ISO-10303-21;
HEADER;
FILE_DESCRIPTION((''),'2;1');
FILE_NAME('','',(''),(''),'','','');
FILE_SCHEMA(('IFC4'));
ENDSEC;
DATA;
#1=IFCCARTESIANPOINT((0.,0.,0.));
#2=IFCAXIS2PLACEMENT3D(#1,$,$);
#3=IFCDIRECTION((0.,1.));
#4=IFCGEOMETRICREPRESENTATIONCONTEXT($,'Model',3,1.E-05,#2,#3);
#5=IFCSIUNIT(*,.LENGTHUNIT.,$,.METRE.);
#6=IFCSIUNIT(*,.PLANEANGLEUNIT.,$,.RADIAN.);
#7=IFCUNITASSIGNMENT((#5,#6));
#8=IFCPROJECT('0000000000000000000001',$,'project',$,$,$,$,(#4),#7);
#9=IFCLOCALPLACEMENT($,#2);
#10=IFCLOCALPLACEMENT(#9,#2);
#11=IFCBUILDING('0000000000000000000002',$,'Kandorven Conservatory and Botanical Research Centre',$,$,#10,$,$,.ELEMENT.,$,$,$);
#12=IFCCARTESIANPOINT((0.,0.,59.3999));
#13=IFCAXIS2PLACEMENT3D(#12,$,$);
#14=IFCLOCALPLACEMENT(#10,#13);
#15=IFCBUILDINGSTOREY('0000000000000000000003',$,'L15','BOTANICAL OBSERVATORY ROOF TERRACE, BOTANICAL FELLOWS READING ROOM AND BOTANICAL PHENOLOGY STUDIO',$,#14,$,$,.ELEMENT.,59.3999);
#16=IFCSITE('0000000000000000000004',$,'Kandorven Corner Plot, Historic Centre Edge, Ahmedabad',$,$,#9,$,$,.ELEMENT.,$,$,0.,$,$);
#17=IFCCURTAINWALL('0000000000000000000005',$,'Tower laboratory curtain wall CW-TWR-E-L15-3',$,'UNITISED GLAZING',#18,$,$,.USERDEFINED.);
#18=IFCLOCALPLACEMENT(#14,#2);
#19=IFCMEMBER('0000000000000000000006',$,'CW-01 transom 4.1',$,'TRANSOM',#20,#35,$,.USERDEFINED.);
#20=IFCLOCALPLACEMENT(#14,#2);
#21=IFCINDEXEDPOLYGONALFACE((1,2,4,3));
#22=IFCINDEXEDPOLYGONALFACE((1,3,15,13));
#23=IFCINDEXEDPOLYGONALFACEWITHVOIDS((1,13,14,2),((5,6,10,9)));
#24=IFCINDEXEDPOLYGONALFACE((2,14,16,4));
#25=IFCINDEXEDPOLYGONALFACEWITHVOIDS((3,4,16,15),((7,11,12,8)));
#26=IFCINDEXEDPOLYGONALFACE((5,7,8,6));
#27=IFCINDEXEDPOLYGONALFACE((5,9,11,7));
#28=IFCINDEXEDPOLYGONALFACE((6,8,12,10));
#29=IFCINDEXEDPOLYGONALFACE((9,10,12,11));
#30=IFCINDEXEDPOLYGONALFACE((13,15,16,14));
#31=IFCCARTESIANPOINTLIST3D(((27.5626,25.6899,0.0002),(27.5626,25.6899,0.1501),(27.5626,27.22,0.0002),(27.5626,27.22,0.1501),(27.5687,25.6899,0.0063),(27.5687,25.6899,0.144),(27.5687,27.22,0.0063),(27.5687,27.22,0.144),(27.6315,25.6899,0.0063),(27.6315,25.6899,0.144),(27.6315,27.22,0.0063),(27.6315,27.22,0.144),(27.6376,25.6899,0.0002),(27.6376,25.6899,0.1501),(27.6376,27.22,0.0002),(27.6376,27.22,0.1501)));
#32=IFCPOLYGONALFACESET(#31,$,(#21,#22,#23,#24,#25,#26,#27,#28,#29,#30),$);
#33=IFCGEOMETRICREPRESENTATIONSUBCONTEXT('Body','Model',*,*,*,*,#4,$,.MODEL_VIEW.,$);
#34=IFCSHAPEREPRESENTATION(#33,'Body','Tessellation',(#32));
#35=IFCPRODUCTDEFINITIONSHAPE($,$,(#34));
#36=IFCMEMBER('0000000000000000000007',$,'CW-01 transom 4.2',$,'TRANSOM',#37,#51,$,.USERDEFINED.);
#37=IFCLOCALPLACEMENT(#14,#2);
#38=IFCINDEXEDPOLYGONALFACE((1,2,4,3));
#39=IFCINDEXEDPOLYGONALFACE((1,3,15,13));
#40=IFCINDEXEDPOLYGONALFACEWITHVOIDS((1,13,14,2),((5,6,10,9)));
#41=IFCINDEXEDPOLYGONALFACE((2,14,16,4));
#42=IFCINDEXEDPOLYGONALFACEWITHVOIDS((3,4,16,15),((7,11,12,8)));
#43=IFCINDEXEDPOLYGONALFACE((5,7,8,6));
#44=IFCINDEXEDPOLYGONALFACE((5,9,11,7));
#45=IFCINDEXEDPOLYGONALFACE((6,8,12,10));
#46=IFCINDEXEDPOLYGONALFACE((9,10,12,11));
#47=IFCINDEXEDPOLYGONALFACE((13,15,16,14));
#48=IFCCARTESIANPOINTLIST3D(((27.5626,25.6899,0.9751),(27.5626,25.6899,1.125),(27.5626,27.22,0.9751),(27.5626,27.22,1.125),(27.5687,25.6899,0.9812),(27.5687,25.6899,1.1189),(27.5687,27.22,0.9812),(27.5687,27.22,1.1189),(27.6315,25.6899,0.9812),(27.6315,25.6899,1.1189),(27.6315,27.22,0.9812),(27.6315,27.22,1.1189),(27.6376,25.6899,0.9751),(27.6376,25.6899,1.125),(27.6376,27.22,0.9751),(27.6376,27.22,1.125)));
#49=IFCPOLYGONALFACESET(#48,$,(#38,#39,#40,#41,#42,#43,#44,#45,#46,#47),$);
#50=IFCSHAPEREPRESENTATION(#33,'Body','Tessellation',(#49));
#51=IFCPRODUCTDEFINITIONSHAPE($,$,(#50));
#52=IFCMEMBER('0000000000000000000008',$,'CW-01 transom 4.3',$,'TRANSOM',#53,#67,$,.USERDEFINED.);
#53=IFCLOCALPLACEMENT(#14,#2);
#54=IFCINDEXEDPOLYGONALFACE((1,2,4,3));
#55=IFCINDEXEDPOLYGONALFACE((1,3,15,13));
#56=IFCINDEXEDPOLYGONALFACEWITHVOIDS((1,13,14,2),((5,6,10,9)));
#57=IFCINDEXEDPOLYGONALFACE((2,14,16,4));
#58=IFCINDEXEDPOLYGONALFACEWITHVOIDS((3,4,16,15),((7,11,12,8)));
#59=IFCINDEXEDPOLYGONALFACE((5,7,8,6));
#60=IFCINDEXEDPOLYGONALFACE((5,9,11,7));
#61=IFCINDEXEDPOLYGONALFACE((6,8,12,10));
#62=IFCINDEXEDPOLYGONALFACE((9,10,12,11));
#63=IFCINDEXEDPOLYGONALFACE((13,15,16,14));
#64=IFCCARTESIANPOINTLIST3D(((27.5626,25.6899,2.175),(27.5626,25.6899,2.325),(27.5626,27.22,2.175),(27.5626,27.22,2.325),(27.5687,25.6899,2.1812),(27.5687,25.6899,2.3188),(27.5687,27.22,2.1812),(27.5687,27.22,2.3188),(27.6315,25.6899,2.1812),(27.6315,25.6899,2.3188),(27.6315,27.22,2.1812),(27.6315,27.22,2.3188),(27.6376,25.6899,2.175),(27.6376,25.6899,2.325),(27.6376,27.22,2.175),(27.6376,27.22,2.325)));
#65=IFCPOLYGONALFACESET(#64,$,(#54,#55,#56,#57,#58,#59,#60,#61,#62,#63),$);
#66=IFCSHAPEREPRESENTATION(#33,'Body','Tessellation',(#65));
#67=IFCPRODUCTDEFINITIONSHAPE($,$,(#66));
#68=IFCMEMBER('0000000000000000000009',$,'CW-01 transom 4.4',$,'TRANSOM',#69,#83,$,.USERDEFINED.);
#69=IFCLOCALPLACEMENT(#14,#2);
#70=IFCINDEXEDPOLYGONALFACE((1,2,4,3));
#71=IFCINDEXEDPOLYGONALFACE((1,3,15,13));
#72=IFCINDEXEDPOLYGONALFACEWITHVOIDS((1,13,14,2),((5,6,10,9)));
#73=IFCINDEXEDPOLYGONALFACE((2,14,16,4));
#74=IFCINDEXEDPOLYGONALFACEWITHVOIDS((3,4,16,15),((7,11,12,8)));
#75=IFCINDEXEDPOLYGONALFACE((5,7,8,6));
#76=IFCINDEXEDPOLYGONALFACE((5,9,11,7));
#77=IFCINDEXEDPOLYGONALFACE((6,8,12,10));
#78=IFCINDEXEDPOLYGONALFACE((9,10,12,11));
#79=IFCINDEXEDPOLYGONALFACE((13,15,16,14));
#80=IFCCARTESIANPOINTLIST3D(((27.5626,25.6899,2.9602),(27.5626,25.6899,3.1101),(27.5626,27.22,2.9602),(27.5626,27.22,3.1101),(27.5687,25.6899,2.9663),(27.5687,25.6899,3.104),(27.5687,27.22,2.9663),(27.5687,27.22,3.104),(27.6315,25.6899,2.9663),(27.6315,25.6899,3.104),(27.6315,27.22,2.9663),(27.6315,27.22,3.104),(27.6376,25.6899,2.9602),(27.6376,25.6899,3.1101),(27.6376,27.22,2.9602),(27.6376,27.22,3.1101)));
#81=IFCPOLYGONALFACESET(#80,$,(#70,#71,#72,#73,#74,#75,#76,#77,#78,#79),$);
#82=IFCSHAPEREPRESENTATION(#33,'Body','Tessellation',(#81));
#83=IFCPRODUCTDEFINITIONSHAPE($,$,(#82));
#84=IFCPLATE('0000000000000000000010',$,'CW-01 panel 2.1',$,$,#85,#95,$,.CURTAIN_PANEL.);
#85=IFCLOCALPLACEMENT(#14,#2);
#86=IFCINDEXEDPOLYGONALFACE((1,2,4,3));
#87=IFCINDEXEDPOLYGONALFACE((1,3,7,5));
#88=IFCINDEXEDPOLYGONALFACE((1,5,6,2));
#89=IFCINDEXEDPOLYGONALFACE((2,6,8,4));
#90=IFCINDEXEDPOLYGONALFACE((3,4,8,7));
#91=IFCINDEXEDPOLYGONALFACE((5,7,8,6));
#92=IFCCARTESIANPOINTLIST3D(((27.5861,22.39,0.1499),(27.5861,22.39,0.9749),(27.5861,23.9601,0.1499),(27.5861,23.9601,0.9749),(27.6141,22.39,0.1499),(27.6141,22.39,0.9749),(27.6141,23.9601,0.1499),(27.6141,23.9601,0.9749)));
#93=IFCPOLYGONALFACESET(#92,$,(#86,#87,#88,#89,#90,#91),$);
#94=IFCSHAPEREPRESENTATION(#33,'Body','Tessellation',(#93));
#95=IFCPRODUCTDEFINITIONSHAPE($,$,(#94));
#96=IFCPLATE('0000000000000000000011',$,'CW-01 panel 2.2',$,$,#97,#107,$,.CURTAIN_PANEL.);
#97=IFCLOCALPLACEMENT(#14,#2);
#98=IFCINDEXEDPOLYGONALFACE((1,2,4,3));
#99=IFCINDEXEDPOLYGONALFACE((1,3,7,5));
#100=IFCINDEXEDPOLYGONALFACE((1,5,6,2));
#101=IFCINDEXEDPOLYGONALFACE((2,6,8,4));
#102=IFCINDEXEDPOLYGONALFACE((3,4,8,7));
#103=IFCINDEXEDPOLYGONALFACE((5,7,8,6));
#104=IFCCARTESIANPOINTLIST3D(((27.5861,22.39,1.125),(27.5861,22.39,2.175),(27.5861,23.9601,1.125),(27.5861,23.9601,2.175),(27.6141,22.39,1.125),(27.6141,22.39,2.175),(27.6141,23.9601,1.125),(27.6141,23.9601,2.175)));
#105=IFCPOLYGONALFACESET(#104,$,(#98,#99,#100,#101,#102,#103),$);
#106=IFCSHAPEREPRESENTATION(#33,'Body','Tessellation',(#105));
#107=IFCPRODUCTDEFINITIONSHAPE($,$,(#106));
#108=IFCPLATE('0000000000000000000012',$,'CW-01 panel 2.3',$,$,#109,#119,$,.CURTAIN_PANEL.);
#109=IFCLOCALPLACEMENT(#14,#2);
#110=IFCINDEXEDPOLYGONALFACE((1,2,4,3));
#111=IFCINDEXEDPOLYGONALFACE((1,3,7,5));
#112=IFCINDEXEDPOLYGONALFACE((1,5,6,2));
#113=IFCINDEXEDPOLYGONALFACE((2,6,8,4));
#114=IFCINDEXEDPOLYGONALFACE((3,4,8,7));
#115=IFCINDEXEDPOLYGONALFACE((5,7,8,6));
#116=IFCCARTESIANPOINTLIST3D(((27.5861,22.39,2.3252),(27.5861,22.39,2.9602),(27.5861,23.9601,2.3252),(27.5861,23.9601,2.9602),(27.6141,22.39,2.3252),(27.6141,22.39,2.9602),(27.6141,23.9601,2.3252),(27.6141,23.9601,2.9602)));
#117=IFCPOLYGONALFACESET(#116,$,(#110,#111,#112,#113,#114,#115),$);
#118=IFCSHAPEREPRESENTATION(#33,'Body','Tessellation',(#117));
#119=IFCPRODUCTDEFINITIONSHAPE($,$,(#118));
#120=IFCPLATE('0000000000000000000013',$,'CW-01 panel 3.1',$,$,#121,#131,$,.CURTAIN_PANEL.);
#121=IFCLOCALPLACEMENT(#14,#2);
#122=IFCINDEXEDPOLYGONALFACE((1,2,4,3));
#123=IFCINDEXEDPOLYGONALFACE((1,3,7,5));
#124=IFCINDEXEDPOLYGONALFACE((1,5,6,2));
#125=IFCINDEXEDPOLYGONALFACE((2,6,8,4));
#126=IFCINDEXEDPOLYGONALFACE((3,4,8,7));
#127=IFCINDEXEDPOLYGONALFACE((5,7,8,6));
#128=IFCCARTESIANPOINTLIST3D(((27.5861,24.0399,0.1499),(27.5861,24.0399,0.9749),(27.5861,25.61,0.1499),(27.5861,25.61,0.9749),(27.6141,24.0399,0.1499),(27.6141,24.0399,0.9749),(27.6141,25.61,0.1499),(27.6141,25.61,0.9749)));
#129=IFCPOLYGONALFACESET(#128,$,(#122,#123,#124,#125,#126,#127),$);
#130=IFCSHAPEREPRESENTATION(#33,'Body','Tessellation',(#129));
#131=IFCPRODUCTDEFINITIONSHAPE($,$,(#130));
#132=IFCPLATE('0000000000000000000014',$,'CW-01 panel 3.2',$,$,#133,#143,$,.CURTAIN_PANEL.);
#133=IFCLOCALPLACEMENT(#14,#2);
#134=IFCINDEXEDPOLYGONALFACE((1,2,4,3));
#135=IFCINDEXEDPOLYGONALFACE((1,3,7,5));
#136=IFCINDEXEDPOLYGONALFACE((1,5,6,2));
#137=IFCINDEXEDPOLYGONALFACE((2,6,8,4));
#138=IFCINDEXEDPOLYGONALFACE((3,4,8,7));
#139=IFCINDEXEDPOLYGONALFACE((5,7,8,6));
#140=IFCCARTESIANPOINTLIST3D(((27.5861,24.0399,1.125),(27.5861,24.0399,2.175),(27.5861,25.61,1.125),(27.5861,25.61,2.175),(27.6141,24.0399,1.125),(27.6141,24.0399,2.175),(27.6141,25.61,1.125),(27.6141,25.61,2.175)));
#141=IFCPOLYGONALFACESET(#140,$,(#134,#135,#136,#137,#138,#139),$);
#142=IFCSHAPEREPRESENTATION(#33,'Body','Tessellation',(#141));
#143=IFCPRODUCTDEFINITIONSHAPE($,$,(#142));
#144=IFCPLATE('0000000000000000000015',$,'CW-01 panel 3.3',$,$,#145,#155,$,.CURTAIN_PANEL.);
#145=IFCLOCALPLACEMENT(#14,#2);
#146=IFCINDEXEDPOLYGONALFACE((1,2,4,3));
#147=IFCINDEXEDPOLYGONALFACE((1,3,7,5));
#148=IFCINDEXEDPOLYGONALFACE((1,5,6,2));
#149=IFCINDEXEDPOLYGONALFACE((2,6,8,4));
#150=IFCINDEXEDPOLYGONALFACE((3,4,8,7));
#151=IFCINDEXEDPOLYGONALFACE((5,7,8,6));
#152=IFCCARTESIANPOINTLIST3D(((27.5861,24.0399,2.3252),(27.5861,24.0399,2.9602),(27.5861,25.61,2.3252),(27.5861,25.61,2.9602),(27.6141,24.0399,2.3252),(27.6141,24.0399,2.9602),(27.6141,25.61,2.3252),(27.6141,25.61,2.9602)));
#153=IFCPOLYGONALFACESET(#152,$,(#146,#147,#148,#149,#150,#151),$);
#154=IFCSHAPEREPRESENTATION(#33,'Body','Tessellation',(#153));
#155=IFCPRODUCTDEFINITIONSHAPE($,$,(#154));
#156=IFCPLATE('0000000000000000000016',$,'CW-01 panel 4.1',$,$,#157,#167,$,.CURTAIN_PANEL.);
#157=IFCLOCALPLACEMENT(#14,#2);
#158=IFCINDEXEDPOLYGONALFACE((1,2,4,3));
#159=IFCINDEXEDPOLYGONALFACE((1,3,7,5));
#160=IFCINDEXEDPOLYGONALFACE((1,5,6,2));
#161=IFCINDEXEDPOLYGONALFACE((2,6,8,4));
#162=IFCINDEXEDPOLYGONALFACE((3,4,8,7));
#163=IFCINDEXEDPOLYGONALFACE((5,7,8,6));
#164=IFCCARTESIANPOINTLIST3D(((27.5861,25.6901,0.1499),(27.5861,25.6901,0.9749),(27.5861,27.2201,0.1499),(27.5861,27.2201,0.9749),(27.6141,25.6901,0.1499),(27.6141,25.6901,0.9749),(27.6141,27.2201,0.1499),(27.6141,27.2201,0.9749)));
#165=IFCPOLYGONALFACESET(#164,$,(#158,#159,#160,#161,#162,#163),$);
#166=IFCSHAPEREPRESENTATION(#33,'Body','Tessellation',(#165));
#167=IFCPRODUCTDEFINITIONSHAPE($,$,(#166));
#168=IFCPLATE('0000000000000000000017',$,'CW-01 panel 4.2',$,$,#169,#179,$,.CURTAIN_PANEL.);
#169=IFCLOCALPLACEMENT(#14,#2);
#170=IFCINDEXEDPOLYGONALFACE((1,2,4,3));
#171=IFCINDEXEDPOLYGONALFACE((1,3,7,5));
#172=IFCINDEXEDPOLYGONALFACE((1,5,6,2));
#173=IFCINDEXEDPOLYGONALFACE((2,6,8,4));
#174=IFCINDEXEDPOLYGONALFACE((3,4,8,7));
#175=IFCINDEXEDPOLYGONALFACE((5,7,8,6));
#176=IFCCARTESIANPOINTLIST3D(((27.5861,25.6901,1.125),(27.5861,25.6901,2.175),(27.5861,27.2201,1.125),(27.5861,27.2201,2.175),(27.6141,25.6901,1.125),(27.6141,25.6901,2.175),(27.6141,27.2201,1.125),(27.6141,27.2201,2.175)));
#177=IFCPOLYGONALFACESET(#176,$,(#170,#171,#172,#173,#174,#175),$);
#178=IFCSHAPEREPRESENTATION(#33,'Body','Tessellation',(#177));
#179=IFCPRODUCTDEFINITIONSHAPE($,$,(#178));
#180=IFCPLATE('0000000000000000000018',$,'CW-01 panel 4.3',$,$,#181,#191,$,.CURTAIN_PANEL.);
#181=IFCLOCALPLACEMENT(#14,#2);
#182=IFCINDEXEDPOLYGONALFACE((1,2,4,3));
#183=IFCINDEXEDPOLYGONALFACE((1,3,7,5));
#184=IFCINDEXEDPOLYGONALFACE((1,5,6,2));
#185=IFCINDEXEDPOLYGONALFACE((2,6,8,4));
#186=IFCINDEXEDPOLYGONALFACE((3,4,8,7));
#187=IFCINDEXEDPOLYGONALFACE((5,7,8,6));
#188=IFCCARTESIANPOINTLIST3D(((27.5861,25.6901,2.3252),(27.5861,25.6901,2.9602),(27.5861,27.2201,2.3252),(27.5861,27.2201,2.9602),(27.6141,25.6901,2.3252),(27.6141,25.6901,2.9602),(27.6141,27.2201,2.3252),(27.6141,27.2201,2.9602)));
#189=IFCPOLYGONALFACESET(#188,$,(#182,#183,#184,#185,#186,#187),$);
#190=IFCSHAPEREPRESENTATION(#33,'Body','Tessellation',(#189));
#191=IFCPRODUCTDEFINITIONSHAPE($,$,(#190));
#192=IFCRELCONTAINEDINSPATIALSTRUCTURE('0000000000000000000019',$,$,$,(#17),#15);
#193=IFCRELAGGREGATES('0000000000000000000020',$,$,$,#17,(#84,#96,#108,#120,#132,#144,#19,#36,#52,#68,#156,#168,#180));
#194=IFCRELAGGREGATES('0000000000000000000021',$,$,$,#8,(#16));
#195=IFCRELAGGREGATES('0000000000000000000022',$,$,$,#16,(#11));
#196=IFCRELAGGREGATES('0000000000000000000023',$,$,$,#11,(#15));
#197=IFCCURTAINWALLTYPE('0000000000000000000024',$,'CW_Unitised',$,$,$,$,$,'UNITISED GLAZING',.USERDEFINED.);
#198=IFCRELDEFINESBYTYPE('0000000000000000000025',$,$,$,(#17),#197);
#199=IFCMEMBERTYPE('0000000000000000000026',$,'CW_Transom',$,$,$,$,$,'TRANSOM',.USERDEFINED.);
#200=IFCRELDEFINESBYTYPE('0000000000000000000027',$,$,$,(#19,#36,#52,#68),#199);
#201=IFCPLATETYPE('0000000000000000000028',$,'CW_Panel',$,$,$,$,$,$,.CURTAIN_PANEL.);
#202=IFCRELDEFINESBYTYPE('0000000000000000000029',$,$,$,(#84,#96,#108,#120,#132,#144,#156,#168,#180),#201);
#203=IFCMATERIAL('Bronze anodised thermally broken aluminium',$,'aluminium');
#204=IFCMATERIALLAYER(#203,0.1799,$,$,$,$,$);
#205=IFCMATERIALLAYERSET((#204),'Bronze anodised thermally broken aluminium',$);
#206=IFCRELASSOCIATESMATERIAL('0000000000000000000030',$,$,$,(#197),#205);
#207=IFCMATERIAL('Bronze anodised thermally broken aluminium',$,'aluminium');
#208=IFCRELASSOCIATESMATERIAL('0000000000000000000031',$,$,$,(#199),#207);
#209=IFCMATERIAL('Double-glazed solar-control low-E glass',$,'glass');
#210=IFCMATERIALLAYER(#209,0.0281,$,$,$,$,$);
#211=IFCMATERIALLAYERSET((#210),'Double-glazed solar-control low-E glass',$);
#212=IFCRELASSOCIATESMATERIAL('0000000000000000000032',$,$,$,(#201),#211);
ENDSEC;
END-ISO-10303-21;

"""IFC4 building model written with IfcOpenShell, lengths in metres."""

from ifc_helpers import new_model, si_unit, direction, frame, origin, origin_2d, place, context, subcontext, project, spatial, rectangle, hollow_rectangle, extrude, material, layer, layer_set, material_profile, profile_set, type_object, element, aggregate, save


model = new_model("IFC4")

# Units and contexts
model_context = context("Model", 3, precision=1e-05, world=origin(), true_north=direction((0.0, 1.0)))
body_context = subcontext(model_context, "Body", "Model", "MODEL_VIEW")
ifc_project = project(units=[si_unit("LENGTHUNIT", "METRE"), si_unit("PLANEANGLEUNIT", "RADIAN")], contexts=[model_context])

# Site, building, storey
site_placement = place(None, origin())
site = spatial("IfcSite", under=ifc_project, at=site_placement, Name="Kandorven Corner Plot, Historic Centre Edge, Ahmedabad", CompositionType="ELEMENT", RefElevation=0.0)
building_placement = place(site_placement, origin())
building = spatial("IfcBuilding", under=site, at=building_placement, Name="Kandorven Conservatory and Botanical Research Centre", CompositionType="ELEMENT")
storey_placement = place(building_placement, frame((0.0, 0.0, 59.3999)))
storey = spatial("IfcBuildingStorey", under=building, at=storey_placement, Name="L15", Description="BOTANICAL OBSERVATORY ROOF TERRACE, BOTANICAL FELLOWS READING ROOM AND BOTANICAL PHENOLOGY STUDIO", CompositionType="ELEMENT", Elevation=59.3999)

# Shared definitions
ifc_material_1 = material(Name="Bronze anodised thermally broken aluminium", Category="aluminium")
ifc_layer_1 = layer(ifc_material_1, 0.1799)
ifc_layer_set_1 = layer_set([ifc_layer_1], Name="Bronze anodised thermally broken aluminium")
curtain_wall_type = type_object("IfcCurtainWallType", Name="CW_Unitised", ElementType="UNITISED GLAZING", PredefinedType="USERDEFINED", material=ifc_layer_set_1)

# Curtain wall, members, plates
curtain_wall_1_placement = place(storey_placement, origin())
curtain_wall_1 = element("IfcCurtainWall", 1, at=curtain_wall_1_placement, inside=storey, type_object=curtain_wall_type, Name="Tower laboratory curtain wall CW-TWR-E-L15-3", ObjectType="UNITISED GLAZING", PredefinedType="USERDEFINED")
ifc_material_2 = material(Name="Bronze anodised thermally broken aluminium", Category="aluminium")
ifc_material_profile_1 = material_profile(ifc_material_2, hollow_rectangle(XDim=0.075, YDim=0.1499, WallThickness=0.0061, at=origin_2d()))
ifc_profile_set_1 = profile_set([ifc_material_profile_1], Name="Bronze anodised thermally broken aluminium")
member_type_1 = type_object("IfcMemberType", Name="CW_Transom", ElementType="TRANSOM", PredefinedType="USERDEFINED", material=ifc_profile_set_1)
member_1_placement = place(storey_placement, frame((27.6001, 25.6899, 0.0752), z_axis=(0.0, 1.0, 0.0), x_axis=(-1.0, 0.0, 0.0)))
member_1 = element("IfcMember", 2, at=member_1_placement, type_object=member_type_1, Name="CW-01 transom 4.1", ObjectType="TRANSOM", PredefinedType="USERDEFINED", context=body_context, shape_type="SweptSolid", body=[
    extrude(hollow_rectangle(XDim=0.075, YDim=0.1499, WallThickness=0.0061, at=origin_2d()), origin(), (0.0, 0.0, 1.0), 1.53),
])
member_2_placement = place(storey_placement, frame((27.6001, 25.6899, 1.05), z_axis=(0.0, 1.0, 0.0), x_axis=(-1.0, 0.0, 0.0)))
member_2 = element("IfcMember", 3, at=member_2_placement, type_object=member_type_1, Name="CW-01 transom 4.2", ObjectType="TRANSOM", PredefinedType="USERDEFINED", context=body_context, shape_type="SweptSolid", body=[
    extrude(hollow_rectangle(XDim=0.075, YDim=0.1499, WallThickness=0.0061, at=origin_2d()), origin(), (0.0, 0.0, 1.0), 1.53),
])
member_3_placement = place(storey_placement, frame((27.6001, 25.6899, 2.25), z_axis=(0.0, 1.0, 0.0), x_axis=(-1.0, 0.0, 0.0)))
member_3 = element("IfcMember", 4, at=member_3_placement, type_object=member_type_1, Name="CW-01 transom 4.3", ObjectType="TRANSOM", PredefinedType="USERDEFINED", context=body_context, shape_type="SweptSolid", body=[
    extrude(hollow_rectangle(XDim=0.075, YDim=0.1499, WallThickness=0.0061, at=origin_2d()), origin(), (0.0, 0.0, 1.0), 1.53),
])
member_4_placement = place(storey_placement, frame((27.6001, 25.6899, 3.0352), z_axis=(0.0, 1.0, 0.0), x_axis=(-1.0, 0.0, 0.0)))
member_4 = element("IfcMember", 5, at=member_4_placement, type_object=member_type_1, Name="CW-01 transom 4.4", ObjectType="TRANSOM", PredefinedType="USERDEFINED", context=body_context, shape_type="SweptSolid", body=[
    extrude(hollow_rectangle(XDim=0.075, YDim=0.1499, WallThickness=0.0061, at=origin_2d()), origin(), (0.0, 0.0, 1.0), 1.53),
])
ifc_material_3 = material(Name="Double-glazed solar-control low-E glass", Category="glass")
ifc_layer_2 = layer(ifc_material_3, 0.0281)
ifc_layer_set_2 = layer_set([ifc_layer_2], Name="Double-glazed solar-control low-E glass")
plate_type_1 = type_object("IfcPlateType", Name="CW_Panel", PredefinedType="CURTAIN_PANEL", material=ifc_layer_set_2)
plate_1_placement = place(storey_placement, frame((27.6001, 23.175, 0.1499), z_axis=(0.0, 0.0, 1.0), x_axis=(0.0, 1.0, 0.0)))
plate_1 = element("IfcPlate", 6, at=plate_1_placement, type_object=plate_type_1, Name="CW-01 panel 2.1", PredefinedType="CURTAIN_PANEL", context=body_context, shape_type="SweptSolid", body=[
    extrude(rectangle(XDim=1.5701, YDim=0.0281, at=origin_2d()), origin(), (0.0, 0.0, 1.0), 0.825),
])
plate_2_placement = place(storey_placement, frame((27.6001, 23.175, 1.125), z_axis=(0.0, 0.0, 1.0), x_axis=(0.0, 1.0, 0.0)))
plate_2 = element("IfcPlate", 7, at=plate_2_placement, type_object=plate_type_1, Name="CW-01 panel 2.2", PredefinedType="CURTAIN_PANEL", context=body_context, shape_type="SweptSolid", body=[
    extrude(rectangle(XDim=1.5701, YDim=0.0281, at=origin_2d()), origin(), (0.0, 0.0, 1.0), 1.05),
])
plate_3_placement = place(storey_placement, frame((27.6001, 23.175, 2.3252), z_axis=(0.0, 0.0, 1.0), x_axis=(0.0, 1.0, 0.0)))
plate_3 = element("IfcPlate", 8, at=plate_3_placement, type_object=plate_type_1, Name="CW-01 panel 2.3", PredefinedType="CURTAIN_PANEL", context=body_context, shape_type="SweptSolid", body=[
    extrude(rectangle(XDim=1.5701, YDim=0.0281, at=origin_2d()), origin(), (0.0, 0.0, 1.0), 0.635),
])
plate_4_placement = place(storey_placement, frame((27.6001, 24.825, 0.1499), z_axis=(0.0, 0.0, 1.0), x_axis=(0.0, 1.0, 0.0)))
plate_4 = element("IfcPlate", 9, at=plate_4_placement, type_object=plate_type_1, Name="CW-01 panel 3.1", PredefinedType="CURTAIN_PANEL", context=body_context, shape_type="SweptSolid", body=[
    extrude(rectangle(XDim=1.5701, YDim=0.0281, at=origin_2d()), origin(), (0.0, 0.0, 1.0), 0.825),
])
plate_5_placement = place(storey_placement, frame((27.6001, 24.825, 1.125), z_axis=(0.0, 0.0, 1.0), x_axis=(0.0, 1.0, 0.0)))
plate_5 = element("IfcPlate", 10, at=plate_5_placement, type_object=plate_type_1, Name="CW-01 panel 3.2", PredefinedType="CURTAIN_PANEL", context=body_context, shape_type="SweptSolid", body=[
    extrude(rectangle(XDim=1.5701, YDim=0.0281, at=origin_2d()), origin(), (0.0, 0.0, 1.0), 1.05),
])
plate_6_placement = place(storey_placement, frame((27.6001, 24.825, 2.3252), z_axis=(0.0, 0.0, 1.0), x_axis=(0.0, 1.0, 0.0)))
plate_6 = element("IfcPlate", 11, at=plate_6_placement, type_object=plate_type_1, Name="CW-01 panel 3.3", PredefinedType="CURTAIN_PANEL", context=body_context, shape_type="SweptSolid", body=[
    extrude(rectangle(XDim=1.5701, YDim=0.0281, at=origin_2d()), origin(), (0.0, 0.0, 1.0), 0.635),
])
plate_7_placement = place(storey_placement, frame((27.6001, 26.4551, 0.1499), z_axis=(0.0, 0.0, 1.0), x_axis=(0.0, 1.0, 0.0)))
plate_7 = element("IfcPlate", 12, at=plate_7_placement, type_object=plate_type_1, Name="CW-01 panel 4.1", PredefinedType="CURTAIN_PANEL", context=body_context, shape_type="SweptSolid", body=[
    extrude(rectangle(XDim=1.53, YDim=0.0281, at=origin_2d()), origin(), (0.0, 0.0, 1.0), 0.825),
])
plate_8_placement = place(storey_placement, frame((27.6001, 26.4551, 1.125), z_axis=(0.0, 0.0, 1.0), x_axis=(0.0, 1.0, 0.0)))
plate_8 = element("IfcPlate", 13, at=plate_8_placement, type_object=plate_type_1, Name="CW-01 panel 4.2", PredefinedType="CURTAIN_PANEL", context=body_context, shape_type="SweptSolid", body=[
    extrude(rectangle(XDim=1.53, YDim=0.0281, at=origin_2d()), origin(), (0.0, 0.0, 1.0), 1.05),
])
plate_9_placement = place(storey_placement, frame((27.6001, 26.4551, 2.3252), z_axis=(0.0, 0.0, 1.0), x_axis=(0.0, 1.0, 0.0)))
plate_9 = element("IfcPlate", 14, at=plate_9_placement, type_object=plate_type_1, Name="CW-01 panel 4.3", PredefinedType="CURTAIN_PANEL", context=body_context, shape_type="SweptSolid", body=[
    extrude(rectangle(XDim=1.53, YDim=0.0281, at=origin_2d()), origin(), (0.0, 0.0, 1.0), 0.635),
])
aggregate(curtain_wall_1, [plate_1, plate_2, plate_3, plate_4, plate_5, plate_6, member_1, member_2, member_3, member_4, plate_7, plate_8, plate_9])

save(model, "model.ifc")
